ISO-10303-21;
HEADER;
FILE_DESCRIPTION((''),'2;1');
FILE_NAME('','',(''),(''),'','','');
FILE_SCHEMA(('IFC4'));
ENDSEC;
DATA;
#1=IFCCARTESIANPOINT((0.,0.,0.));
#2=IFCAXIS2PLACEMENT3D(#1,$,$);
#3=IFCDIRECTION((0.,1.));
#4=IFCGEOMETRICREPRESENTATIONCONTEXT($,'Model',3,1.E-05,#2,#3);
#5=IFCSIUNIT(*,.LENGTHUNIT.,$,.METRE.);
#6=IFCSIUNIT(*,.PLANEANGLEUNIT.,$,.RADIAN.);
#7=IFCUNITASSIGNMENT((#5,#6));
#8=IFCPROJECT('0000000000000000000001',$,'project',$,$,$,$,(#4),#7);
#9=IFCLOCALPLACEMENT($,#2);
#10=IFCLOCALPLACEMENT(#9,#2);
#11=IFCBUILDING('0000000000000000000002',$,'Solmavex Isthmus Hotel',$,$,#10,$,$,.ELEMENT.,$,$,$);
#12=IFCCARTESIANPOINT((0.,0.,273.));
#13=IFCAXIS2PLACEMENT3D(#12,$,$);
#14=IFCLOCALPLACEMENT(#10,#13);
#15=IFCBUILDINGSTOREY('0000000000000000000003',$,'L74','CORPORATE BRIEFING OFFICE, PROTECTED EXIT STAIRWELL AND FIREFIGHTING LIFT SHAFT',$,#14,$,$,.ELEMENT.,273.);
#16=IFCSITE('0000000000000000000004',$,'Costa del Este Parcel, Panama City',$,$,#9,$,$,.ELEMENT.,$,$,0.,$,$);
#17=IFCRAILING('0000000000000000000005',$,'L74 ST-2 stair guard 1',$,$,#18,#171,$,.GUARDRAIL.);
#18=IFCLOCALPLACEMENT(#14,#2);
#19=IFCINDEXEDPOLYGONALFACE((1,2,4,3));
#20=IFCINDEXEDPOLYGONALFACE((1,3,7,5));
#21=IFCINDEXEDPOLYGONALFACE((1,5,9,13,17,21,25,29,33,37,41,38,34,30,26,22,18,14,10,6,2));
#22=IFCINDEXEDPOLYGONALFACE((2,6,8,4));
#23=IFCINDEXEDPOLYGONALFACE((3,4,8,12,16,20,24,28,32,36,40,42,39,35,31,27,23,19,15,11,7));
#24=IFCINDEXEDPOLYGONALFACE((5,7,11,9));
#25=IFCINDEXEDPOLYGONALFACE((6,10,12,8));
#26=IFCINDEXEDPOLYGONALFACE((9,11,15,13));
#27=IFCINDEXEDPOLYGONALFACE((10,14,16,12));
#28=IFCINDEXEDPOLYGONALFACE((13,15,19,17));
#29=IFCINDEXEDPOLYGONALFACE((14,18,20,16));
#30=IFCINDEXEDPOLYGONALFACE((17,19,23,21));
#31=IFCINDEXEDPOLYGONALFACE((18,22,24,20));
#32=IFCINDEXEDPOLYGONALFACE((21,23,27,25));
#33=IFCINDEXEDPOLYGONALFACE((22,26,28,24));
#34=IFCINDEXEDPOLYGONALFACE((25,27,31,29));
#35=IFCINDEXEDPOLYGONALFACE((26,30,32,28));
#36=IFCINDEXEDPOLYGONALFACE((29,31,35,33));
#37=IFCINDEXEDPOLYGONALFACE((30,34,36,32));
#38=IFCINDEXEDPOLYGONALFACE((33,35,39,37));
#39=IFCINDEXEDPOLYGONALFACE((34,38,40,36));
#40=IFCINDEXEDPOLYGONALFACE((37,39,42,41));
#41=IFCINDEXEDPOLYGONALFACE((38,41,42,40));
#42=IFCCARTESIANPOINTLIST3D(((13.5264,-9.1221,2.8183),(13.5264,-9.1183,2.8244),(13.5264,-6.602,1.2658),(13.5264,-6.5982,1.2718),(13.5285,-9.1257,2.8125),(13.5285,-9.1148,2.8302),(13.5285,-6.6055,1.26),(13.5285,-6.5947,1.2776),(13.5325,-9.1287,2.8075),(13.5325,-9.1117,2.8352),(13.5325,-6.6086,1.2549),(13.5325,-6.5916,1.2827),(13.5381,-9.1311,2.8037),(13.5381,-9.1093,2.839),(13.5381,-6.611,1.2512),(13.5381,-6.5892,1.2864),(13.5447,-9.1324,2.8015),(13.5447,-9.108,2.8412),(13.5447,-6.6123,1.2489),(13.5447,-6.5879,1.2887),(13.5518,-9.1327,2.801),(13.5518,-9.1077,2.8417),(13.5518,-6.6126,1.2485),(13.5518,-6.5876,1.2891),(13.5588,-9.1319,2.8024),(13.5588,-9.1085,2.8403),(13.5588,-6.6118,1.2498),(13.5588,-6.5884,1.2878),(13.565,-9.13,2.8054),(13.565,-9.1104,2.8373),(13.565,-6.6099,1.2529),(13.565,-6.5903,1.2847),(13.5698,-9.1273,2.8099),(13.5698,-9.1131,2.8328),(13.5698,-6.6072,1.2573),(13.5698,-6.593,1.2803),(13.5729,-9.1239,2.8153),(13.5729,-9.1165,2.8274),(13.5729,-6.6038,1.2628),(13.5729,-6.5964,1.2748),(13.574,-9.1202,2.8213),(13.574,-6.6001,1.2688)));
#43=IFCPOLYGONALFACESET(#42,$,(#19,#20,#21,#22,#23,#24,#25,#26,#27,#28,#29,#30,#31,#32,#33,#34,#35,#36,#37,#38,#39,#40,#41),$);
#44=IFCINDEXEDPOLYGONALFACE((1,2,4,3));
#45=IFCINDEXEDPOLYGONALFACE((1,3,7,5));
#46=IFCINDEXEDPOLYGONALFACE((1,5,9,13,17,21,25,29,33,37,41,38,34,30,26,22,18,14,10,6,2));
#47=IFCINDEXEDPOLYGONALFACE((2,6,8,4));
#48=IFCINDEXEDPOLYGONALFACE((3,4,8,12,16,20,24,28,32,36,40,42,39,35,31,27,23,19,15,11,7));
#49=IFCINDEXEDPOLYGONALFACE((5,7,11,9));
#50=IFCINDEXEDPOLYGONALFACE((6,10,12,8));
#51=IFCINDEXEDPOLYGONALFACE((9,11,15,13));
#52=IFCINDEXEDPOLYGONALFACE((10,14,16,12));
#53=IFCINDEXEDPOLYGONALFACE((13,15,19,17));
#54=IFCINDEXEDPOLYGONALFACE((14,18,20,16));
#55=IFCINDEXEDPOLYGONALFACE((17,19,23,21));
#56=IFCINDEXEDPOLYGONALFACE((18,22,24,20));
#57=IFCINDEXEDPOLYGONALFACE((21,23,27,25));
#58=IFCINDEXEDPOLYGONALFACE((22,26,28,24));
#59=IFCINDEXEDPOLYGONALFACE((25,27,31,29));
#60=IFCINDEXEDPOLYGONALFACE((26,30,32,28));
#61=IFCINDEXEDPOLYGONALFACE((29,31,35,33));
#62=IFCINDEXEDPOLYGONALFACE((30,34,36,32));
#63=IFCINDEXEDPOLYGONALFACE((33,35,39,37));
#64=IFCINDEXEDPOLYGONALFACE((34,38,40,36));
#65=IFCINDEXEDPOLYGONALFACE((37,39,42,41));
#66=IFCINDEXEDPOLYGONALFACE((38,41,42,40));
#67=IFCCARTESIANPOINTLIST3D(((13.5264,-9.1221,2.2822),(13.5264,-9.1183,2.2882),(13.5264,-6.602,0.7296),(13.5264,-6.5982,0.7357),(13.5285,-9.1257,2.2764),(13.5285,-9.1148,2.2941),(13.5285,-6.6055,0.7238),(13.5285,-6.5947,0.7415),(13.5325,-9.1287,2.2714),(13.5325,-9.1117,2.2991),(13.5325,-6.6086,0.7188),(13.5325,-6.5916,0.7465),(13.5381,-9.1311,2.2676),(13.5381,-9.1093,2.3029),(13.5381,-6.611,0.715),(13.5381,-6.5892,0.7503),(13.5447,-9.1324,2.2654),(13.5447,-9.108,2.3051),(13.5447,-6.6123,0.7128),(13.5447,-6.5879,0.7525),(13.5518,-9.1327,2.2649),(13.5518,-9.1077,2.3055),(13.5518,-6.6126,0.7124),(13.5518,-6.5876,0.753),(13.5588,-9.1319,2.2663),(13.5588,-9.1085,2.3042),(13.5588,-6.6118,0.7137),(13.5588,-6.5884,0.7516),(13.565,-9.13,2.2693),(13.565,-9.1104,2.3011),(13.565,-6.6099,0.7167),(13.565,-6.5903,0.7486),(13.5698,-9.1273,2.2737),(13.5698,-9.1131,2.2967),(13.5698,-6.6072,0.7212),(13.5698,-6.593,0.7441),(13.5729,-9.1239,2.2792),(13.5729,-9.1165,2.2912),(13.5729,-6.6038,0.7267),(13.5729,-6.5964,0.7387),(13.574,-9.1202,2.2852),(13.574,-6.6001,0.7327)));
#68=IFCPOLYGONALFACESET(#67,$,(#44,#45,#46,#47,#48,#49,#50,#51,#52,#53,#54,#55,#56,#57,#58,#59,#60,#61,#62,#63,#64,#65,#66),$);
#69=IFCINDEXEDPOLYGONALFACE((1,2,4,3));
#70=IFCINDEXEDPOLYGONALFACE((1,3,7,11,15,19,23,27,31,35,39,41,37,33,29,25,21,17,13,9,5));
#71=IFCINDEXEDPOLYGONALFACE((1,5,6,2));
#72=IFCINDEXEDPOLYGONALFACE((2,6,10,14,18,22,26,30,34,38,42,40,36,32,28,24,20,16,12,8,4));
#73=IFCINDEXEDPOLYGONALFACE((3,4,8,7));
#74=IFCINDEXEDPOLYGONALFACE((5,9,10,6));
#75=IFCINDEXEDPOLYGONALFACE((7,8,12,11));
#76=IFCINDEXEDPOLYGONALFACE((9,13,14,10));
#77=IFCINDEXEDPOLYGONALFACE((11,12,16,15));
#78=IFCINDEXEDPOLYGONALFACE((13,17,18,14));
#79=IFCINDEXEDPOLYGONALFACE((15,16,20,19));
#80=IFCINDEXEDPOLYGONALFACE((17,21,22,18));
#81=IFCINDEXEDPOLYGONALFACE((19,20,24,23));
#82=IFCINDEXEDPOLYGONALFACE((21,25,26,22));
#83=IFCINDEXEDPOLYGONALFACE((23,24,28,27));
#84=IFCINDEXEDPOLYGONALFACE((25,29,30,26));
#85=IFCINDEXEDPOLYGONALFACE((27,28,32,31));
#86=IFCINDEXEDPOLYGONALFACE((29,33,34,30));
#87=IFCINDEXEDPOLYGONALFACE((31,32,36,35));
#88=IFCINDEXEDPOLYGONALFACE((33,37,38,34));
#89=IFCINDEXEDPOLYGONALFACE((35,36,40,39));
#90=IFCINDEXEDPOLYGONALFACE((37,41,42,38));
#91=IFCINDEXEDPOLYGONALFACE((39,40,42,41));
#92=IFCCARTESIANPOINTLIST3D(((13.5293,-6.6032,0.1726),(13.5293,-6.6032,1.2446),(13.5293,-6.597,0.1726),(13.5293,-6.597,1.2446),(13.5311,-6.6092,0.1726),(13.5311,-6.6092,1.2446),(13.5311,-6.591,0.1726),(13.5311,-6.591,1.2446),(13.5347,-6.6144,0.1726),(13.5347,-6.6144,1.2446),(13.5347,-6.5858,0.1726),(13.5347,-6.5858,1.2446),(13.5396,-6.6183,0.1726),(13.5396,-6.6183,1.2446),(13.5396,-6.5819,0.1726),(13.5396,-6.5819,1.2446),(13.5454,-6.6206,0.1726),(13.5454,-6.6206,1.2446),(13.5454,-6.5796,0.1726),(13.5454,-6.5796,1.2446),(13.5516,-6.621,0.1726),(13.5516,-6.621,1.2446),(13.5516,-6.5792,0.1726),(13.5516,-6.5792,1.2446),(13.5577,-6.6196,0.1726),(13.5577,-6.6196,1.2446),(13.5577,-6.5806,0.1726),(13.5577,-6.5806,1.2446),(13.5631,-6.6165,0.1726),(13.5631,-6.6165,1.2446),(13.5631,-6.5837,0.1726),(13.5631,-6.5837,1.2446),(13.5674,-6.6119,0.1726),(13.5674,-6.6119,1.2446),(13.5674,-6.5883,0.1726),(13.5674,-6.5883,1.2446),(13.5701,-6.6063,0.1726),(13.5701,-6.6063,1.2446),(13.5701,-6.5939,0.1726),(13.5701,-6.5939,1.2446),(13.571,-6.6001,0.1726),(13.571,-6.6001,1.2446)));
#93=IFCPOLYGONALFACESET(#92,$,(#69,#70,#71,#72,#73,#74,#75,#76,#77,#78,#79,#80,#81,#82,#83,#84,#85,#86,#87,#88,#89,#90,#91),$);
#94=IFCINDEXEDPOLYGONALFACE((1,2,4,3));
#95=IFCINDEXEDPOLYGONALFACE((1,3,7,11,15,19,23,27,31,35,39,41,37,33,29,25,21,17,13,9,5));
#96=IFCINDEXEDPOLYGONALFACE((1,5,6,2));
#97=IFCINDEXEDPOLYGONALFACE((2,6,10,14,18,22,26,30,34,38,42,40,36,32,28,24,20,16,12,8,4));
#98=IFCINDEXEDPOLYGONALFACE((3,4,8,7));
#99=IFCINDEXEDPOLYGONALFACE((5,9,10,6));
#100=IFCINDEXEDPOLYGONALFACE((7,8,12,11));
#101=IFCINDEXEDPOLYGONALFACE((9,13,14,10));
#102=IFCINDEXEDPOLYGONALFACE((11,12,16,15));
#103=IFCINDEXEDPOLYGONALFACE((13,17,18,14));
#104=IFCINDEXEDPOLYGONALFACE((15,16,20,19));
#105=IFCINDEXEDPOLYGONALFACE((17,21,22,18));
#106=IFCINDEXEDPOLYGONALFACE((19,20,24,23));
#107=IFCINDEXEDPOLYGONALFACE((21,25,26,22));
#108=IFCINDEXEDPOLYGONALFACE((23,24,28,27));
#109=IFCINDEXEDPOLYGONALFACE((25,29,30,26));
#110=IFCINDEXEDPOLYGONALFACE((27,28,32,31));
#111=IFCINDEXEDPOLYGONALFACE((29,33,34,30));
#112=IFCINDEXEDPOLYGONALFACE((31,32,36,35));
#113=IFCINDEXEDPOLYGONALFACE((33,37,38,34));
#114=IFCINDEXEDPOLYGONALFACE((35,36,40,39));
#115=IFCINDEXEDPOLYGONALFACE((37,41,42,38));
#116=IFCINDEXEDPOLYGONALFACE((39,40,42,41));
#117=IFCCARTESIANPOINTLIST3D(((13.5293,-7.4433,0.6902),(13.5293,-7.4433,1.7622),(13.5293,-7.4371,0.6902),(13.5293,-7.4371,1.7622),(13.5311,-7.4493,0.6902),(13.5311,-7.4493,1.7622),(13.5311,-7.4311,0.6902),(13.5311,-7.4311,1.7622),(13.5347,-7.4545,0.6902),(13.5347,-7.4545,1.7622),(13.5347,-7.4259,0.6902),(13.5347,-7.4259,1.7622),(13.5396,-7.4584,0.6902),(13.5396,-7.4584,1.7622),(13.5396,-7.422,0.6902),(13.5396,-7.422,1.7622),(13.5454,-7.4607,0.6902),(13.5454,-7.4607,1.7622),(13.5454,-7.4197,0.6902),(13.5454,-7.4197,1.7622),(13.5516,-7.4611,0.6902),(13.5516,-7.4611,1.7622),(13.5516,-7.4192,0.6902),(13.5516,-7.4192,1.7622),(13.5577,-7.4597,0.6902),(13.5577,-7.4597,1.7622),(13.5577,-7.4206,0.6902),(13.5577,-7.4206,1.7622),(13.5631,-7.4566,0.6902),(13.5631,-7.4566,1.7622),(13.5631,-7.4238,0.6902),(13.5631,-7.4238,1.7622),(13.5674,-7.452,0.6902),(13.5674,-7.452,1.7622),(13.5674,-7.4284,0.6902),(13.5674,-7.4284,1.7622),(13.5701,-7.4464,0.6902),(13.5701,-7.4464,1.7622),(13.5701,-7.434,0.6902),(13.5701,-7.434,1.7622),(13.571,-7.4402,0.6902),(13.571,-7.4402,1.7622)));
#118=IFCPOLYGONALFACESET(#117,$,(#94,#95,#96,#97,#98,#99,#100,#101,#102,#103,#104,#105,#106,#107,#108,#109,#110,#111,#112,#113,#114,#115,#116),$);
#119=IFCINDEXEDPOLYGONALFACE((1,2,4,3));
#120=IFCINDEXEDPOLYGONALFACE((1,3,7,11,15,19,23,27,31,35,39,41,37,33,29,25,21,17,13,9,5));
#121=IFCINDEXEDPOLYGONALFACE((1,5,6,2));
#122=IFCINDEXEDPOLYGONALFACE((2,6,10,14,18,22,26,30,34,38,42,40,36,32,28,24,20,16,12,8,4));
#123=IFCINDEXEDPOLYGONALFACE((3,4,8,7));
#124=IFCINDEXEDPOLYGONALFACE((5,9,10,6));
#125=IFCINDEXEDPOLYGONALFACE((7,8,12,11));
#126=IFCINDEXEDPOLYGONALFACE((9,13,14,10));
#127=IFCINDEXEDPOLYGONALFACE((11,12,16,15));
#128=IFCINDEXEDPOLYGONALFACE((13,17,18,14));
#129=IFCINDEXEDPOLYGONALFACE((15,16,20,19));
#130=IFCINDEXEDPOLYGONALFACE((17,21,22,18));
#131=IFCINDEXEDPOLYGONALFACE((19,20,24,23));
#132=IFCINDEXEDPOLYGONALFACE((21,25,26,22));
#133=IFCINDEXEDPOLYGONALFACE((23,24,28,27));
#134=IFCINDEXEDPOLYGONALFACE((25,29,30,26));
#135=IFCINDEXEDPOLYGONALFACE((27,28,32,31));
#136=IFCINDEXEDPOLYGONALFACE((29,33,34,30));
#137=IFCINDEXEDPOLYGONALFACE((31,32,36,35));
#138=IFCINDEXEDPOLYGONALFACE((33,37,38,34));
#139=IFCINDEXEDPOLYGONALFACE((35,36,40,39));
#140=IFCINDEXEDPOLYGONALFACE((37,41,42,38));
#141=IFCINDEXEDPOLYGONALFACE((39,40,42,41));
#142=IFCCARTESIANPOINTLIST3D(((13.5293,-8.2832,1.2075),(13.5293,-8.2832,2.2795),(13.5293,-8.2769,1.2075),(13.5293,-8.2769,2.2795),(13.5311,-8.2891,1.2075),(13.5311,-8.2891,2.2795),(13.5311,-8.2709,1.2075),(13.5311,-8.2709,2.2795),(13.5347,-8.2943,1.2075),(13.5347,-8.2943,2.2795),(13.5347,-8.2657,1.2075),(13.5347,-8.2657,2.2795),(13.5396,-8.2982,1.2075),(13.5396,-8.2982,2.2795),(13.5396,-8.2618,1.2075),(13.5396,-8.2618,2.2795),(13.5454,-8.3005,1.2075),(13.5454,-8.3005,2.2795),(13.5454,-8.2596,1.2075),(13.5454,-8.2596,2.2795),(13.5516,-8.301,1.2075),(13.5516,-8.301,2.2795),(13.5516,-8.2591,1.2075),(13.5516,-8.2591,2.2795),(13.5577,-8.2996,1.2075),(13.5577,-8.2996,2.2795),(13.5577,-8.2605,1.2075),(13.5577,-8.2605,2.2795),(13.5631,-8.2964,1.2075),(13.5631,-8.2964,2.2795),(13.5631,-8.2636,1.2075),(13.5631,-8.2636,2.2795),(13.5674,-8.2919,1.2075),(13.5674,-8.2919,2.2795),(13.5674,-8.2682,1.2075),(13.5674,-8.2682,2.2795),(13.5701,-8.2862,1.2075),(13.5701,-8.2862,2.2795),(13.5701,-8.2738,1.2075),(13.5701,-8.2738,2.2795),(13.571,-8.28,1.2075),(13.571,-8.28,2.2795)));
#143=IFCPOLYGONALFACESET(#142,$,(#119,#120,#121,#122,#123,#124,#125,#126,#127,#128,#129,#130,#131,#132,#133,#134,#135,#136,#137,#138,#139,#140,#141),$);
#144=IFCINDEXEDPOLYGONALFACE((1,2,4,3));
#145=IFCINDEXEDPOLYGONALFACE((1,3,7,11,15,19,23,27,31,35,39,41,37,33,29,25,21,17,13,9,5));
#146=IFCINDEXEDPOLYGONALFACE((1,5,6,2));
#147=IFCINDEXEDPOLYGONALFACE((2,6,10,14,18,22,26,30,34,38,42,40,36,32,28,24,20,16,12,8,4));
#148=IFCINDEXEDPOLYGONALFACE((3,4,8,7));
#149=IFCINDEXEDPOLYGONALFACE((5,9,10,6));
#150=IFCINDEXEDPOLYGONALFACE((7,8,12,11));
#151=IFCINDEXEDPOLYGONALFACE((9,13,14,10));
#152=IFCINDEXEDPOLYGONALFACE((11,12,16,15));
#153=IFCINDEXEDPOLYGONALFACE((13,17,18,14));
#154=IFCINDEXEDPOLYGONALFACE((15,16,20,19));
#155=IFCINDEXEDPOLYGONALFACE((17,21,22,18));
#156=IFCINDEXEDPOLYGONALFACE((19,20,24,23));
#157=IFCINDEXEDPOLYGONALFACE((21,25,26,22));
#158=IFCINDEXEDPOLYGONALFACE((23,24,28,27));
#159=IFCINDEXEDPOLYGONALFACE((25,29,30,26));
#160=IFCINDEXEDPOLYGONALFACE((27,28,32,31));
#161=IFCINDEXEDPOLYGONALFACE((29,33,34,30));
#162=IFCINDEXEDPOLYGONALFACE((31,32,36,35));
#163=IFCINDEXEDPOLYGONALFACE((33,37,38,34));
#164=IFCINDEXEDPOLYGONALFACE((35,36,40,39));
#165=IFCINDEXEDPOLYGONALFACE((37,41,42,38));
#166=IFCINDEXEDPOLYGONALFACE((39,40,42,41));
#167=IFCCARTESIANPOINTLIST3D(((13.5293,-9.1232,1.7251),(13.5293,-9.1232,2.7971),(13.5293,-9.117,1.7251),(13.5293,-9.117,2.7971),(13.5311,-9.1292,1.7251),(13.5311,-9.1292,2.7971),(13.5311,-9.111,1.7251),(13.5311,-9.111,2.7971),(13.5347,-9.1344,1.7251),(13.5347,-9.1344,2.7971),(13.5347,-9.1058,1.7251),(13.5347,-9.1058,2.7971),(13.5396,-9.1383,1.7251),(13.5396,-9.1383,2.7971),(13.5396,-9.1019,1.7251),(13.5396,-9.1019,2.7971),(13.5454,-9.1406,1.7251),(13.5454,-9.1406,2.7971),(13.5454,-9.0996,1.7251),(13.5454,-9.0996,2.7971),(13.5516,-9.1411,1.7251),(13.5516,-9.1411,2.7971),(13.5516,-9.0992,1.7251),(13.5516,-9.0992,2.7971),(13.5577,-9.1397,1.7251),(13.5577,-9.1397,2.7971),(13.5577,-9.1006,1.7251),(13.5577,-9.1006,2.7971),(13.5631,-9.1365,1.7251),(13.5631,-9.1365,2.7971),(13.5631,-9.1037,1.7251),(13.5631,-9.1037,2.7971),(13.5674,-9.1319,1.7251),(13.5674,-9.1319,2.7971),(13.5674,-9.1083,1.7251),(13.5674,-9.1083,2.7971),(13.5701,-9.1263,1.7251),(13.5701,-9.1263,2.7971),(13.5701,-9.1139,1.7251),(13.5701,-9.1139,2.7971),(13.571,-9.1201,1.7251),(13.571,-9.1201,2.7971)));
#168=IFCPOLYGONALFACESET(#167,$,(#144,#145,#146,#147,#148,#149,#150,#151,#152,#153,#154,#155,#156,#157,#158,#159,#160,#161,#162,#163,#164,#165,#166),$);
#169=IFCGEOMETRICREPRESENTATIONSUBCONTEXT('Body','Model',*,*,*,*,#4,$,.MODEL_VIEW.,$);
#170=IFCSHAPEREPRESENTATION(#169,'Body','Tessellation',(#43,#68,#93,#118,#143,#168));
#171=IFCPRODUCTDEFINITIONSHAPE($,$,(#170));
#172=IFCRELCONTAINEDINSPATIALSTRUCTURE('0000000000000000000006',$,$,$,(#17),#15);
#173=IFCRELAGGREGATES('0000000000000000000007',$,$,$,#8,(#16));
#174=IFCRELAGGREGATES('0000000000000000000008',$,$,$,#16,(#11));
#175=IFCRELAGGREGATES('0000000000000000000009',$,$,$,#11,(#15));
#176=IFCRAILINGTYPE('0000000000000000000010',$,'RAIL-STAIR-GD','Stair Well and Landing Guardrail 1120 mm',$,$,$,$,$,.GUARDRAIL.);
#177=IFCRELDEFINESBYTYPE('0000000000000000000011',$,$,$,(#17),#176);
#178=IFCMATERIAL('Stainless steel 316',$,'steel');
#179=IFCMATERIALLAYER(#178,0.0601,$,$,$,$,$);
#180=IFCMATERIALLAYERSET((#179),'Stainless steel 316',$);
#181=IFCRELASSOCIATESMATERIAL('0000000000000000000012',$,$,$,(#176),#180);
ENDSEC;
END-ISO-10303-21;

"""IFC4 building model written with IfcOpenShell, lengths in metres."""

from ifc_helpers import new_model, si_unit, direction, frame, origin, origin_2d, place, context, subcontext, project, spatial, circle, extrude, material, layer, layer_set, type_object, element, save


model = new_model("IFC4")

# Units and contexts
model_context = context("Model", 3, precision=1e-05, world=origin(), true_north=direction((0.0, 1.0)))
body_context = subcontext(model_context, "Body", "Model", "MODEL_VIEW")
ifc_project = project(units=[si_unit("LENGTHUNIT", "METRE"), si_unit("PLANEANGLEUNIT", "RADIAN")], contexts=[model_context])

# Site, building, storey
site_placement = place(None, origin())
site = spatial("IfcSite", under=ifc_project, at=site_placement, Name="Costa del Este Parcel, Panama City", CompositionType="ELEMENT", RefElevation=0.0)
building_placement = place(site_placement, origin())
building = spatial("IfcBuilding", under=site, at=building_placement, Name="Solmavex Isthmus Hotel", CompositionType="ELEMENT")
storey_placement = place(building_placement, frame((0.0, 0.0, 273.0)))
storey = spatial("IfcBuildingStorey", under=building, at=storey_placement, Name="L74", Description="CORPORATE BRIEFING OFFICE, PROTECTED EXIT STAIRWELL AND FIREFIGHTING LIFT SHAFT", CompositionType="ELEMENT", Elevation=273.0)

# Railing
ifc_material_1 = material(Name="Stainless steel 316", Category="steel")
ifc_layer_1 = layer(ifc_material_1, 0.0601)
ifc_layer_set_1 = layer_set([ifc_layer_1], Name="Stainless steel 316")
railing_type_1 = type_object("IfcRailingType", Name="RAIL-STAIR-GD", Description="Stair Well and Landing Guardrail 1120 mm", PredefinedType="GUARDRAIL", material=ifc_layer_set_1)
railing_1_placement = place(storey_placement, frame((13.55, -6.6001, 0.1726)))
element("IfcRailing", 1, at=railing_1_placement, inside=storey, type_object=railing_type_1, Name="L74 ST-2 stair guard 1", PredefinedType="GUARDRAIL", context=body_context, shape_type="SweptSolid", body=[
    extrude(circle(Radius=0.0239, at=origin_2d()), frame((0.0, 0.0, 1.0962), z_axis=(0.0, -0.8514, 0.524516), x_axis=(1.0, 0.0, 0.0)), (0.0, 0.0, 1.0), 2.96),
    extrude(circle(Radius=0.0239, at=origin_2d()), frame((0.0, 0.0, 0.5601), z_axis=(0.0, -0.8514, 0.524516), x_axis=(1.0, 0.0, 0.0)), (0.0, 0.0, 1.0), 2.96),
    extrude(circle(Radius=0.021, at=origin_2d()), origin(), (0.0, 0.0, 1.0), 1.072),
    extrude(circle(Radius=0.021, at=origin_2d()), frame((0.0, -0.8401, 0.5176)), (0.0, 0.0, 1.0), 1.072),
    extrude(circle(Radius=0.021, at=origin_2d()), frame((0.0, -1.6799, 1.0349)), (0.0, 0.0, 1.0), 1.072),
    extrude(circle(Radius=0.021, at=origin_2d()), frame((0.0, -2.52, 1.5525)), (0.0, 0.0, 1.0), 1.072),
])

save(model, "model.ifc")
